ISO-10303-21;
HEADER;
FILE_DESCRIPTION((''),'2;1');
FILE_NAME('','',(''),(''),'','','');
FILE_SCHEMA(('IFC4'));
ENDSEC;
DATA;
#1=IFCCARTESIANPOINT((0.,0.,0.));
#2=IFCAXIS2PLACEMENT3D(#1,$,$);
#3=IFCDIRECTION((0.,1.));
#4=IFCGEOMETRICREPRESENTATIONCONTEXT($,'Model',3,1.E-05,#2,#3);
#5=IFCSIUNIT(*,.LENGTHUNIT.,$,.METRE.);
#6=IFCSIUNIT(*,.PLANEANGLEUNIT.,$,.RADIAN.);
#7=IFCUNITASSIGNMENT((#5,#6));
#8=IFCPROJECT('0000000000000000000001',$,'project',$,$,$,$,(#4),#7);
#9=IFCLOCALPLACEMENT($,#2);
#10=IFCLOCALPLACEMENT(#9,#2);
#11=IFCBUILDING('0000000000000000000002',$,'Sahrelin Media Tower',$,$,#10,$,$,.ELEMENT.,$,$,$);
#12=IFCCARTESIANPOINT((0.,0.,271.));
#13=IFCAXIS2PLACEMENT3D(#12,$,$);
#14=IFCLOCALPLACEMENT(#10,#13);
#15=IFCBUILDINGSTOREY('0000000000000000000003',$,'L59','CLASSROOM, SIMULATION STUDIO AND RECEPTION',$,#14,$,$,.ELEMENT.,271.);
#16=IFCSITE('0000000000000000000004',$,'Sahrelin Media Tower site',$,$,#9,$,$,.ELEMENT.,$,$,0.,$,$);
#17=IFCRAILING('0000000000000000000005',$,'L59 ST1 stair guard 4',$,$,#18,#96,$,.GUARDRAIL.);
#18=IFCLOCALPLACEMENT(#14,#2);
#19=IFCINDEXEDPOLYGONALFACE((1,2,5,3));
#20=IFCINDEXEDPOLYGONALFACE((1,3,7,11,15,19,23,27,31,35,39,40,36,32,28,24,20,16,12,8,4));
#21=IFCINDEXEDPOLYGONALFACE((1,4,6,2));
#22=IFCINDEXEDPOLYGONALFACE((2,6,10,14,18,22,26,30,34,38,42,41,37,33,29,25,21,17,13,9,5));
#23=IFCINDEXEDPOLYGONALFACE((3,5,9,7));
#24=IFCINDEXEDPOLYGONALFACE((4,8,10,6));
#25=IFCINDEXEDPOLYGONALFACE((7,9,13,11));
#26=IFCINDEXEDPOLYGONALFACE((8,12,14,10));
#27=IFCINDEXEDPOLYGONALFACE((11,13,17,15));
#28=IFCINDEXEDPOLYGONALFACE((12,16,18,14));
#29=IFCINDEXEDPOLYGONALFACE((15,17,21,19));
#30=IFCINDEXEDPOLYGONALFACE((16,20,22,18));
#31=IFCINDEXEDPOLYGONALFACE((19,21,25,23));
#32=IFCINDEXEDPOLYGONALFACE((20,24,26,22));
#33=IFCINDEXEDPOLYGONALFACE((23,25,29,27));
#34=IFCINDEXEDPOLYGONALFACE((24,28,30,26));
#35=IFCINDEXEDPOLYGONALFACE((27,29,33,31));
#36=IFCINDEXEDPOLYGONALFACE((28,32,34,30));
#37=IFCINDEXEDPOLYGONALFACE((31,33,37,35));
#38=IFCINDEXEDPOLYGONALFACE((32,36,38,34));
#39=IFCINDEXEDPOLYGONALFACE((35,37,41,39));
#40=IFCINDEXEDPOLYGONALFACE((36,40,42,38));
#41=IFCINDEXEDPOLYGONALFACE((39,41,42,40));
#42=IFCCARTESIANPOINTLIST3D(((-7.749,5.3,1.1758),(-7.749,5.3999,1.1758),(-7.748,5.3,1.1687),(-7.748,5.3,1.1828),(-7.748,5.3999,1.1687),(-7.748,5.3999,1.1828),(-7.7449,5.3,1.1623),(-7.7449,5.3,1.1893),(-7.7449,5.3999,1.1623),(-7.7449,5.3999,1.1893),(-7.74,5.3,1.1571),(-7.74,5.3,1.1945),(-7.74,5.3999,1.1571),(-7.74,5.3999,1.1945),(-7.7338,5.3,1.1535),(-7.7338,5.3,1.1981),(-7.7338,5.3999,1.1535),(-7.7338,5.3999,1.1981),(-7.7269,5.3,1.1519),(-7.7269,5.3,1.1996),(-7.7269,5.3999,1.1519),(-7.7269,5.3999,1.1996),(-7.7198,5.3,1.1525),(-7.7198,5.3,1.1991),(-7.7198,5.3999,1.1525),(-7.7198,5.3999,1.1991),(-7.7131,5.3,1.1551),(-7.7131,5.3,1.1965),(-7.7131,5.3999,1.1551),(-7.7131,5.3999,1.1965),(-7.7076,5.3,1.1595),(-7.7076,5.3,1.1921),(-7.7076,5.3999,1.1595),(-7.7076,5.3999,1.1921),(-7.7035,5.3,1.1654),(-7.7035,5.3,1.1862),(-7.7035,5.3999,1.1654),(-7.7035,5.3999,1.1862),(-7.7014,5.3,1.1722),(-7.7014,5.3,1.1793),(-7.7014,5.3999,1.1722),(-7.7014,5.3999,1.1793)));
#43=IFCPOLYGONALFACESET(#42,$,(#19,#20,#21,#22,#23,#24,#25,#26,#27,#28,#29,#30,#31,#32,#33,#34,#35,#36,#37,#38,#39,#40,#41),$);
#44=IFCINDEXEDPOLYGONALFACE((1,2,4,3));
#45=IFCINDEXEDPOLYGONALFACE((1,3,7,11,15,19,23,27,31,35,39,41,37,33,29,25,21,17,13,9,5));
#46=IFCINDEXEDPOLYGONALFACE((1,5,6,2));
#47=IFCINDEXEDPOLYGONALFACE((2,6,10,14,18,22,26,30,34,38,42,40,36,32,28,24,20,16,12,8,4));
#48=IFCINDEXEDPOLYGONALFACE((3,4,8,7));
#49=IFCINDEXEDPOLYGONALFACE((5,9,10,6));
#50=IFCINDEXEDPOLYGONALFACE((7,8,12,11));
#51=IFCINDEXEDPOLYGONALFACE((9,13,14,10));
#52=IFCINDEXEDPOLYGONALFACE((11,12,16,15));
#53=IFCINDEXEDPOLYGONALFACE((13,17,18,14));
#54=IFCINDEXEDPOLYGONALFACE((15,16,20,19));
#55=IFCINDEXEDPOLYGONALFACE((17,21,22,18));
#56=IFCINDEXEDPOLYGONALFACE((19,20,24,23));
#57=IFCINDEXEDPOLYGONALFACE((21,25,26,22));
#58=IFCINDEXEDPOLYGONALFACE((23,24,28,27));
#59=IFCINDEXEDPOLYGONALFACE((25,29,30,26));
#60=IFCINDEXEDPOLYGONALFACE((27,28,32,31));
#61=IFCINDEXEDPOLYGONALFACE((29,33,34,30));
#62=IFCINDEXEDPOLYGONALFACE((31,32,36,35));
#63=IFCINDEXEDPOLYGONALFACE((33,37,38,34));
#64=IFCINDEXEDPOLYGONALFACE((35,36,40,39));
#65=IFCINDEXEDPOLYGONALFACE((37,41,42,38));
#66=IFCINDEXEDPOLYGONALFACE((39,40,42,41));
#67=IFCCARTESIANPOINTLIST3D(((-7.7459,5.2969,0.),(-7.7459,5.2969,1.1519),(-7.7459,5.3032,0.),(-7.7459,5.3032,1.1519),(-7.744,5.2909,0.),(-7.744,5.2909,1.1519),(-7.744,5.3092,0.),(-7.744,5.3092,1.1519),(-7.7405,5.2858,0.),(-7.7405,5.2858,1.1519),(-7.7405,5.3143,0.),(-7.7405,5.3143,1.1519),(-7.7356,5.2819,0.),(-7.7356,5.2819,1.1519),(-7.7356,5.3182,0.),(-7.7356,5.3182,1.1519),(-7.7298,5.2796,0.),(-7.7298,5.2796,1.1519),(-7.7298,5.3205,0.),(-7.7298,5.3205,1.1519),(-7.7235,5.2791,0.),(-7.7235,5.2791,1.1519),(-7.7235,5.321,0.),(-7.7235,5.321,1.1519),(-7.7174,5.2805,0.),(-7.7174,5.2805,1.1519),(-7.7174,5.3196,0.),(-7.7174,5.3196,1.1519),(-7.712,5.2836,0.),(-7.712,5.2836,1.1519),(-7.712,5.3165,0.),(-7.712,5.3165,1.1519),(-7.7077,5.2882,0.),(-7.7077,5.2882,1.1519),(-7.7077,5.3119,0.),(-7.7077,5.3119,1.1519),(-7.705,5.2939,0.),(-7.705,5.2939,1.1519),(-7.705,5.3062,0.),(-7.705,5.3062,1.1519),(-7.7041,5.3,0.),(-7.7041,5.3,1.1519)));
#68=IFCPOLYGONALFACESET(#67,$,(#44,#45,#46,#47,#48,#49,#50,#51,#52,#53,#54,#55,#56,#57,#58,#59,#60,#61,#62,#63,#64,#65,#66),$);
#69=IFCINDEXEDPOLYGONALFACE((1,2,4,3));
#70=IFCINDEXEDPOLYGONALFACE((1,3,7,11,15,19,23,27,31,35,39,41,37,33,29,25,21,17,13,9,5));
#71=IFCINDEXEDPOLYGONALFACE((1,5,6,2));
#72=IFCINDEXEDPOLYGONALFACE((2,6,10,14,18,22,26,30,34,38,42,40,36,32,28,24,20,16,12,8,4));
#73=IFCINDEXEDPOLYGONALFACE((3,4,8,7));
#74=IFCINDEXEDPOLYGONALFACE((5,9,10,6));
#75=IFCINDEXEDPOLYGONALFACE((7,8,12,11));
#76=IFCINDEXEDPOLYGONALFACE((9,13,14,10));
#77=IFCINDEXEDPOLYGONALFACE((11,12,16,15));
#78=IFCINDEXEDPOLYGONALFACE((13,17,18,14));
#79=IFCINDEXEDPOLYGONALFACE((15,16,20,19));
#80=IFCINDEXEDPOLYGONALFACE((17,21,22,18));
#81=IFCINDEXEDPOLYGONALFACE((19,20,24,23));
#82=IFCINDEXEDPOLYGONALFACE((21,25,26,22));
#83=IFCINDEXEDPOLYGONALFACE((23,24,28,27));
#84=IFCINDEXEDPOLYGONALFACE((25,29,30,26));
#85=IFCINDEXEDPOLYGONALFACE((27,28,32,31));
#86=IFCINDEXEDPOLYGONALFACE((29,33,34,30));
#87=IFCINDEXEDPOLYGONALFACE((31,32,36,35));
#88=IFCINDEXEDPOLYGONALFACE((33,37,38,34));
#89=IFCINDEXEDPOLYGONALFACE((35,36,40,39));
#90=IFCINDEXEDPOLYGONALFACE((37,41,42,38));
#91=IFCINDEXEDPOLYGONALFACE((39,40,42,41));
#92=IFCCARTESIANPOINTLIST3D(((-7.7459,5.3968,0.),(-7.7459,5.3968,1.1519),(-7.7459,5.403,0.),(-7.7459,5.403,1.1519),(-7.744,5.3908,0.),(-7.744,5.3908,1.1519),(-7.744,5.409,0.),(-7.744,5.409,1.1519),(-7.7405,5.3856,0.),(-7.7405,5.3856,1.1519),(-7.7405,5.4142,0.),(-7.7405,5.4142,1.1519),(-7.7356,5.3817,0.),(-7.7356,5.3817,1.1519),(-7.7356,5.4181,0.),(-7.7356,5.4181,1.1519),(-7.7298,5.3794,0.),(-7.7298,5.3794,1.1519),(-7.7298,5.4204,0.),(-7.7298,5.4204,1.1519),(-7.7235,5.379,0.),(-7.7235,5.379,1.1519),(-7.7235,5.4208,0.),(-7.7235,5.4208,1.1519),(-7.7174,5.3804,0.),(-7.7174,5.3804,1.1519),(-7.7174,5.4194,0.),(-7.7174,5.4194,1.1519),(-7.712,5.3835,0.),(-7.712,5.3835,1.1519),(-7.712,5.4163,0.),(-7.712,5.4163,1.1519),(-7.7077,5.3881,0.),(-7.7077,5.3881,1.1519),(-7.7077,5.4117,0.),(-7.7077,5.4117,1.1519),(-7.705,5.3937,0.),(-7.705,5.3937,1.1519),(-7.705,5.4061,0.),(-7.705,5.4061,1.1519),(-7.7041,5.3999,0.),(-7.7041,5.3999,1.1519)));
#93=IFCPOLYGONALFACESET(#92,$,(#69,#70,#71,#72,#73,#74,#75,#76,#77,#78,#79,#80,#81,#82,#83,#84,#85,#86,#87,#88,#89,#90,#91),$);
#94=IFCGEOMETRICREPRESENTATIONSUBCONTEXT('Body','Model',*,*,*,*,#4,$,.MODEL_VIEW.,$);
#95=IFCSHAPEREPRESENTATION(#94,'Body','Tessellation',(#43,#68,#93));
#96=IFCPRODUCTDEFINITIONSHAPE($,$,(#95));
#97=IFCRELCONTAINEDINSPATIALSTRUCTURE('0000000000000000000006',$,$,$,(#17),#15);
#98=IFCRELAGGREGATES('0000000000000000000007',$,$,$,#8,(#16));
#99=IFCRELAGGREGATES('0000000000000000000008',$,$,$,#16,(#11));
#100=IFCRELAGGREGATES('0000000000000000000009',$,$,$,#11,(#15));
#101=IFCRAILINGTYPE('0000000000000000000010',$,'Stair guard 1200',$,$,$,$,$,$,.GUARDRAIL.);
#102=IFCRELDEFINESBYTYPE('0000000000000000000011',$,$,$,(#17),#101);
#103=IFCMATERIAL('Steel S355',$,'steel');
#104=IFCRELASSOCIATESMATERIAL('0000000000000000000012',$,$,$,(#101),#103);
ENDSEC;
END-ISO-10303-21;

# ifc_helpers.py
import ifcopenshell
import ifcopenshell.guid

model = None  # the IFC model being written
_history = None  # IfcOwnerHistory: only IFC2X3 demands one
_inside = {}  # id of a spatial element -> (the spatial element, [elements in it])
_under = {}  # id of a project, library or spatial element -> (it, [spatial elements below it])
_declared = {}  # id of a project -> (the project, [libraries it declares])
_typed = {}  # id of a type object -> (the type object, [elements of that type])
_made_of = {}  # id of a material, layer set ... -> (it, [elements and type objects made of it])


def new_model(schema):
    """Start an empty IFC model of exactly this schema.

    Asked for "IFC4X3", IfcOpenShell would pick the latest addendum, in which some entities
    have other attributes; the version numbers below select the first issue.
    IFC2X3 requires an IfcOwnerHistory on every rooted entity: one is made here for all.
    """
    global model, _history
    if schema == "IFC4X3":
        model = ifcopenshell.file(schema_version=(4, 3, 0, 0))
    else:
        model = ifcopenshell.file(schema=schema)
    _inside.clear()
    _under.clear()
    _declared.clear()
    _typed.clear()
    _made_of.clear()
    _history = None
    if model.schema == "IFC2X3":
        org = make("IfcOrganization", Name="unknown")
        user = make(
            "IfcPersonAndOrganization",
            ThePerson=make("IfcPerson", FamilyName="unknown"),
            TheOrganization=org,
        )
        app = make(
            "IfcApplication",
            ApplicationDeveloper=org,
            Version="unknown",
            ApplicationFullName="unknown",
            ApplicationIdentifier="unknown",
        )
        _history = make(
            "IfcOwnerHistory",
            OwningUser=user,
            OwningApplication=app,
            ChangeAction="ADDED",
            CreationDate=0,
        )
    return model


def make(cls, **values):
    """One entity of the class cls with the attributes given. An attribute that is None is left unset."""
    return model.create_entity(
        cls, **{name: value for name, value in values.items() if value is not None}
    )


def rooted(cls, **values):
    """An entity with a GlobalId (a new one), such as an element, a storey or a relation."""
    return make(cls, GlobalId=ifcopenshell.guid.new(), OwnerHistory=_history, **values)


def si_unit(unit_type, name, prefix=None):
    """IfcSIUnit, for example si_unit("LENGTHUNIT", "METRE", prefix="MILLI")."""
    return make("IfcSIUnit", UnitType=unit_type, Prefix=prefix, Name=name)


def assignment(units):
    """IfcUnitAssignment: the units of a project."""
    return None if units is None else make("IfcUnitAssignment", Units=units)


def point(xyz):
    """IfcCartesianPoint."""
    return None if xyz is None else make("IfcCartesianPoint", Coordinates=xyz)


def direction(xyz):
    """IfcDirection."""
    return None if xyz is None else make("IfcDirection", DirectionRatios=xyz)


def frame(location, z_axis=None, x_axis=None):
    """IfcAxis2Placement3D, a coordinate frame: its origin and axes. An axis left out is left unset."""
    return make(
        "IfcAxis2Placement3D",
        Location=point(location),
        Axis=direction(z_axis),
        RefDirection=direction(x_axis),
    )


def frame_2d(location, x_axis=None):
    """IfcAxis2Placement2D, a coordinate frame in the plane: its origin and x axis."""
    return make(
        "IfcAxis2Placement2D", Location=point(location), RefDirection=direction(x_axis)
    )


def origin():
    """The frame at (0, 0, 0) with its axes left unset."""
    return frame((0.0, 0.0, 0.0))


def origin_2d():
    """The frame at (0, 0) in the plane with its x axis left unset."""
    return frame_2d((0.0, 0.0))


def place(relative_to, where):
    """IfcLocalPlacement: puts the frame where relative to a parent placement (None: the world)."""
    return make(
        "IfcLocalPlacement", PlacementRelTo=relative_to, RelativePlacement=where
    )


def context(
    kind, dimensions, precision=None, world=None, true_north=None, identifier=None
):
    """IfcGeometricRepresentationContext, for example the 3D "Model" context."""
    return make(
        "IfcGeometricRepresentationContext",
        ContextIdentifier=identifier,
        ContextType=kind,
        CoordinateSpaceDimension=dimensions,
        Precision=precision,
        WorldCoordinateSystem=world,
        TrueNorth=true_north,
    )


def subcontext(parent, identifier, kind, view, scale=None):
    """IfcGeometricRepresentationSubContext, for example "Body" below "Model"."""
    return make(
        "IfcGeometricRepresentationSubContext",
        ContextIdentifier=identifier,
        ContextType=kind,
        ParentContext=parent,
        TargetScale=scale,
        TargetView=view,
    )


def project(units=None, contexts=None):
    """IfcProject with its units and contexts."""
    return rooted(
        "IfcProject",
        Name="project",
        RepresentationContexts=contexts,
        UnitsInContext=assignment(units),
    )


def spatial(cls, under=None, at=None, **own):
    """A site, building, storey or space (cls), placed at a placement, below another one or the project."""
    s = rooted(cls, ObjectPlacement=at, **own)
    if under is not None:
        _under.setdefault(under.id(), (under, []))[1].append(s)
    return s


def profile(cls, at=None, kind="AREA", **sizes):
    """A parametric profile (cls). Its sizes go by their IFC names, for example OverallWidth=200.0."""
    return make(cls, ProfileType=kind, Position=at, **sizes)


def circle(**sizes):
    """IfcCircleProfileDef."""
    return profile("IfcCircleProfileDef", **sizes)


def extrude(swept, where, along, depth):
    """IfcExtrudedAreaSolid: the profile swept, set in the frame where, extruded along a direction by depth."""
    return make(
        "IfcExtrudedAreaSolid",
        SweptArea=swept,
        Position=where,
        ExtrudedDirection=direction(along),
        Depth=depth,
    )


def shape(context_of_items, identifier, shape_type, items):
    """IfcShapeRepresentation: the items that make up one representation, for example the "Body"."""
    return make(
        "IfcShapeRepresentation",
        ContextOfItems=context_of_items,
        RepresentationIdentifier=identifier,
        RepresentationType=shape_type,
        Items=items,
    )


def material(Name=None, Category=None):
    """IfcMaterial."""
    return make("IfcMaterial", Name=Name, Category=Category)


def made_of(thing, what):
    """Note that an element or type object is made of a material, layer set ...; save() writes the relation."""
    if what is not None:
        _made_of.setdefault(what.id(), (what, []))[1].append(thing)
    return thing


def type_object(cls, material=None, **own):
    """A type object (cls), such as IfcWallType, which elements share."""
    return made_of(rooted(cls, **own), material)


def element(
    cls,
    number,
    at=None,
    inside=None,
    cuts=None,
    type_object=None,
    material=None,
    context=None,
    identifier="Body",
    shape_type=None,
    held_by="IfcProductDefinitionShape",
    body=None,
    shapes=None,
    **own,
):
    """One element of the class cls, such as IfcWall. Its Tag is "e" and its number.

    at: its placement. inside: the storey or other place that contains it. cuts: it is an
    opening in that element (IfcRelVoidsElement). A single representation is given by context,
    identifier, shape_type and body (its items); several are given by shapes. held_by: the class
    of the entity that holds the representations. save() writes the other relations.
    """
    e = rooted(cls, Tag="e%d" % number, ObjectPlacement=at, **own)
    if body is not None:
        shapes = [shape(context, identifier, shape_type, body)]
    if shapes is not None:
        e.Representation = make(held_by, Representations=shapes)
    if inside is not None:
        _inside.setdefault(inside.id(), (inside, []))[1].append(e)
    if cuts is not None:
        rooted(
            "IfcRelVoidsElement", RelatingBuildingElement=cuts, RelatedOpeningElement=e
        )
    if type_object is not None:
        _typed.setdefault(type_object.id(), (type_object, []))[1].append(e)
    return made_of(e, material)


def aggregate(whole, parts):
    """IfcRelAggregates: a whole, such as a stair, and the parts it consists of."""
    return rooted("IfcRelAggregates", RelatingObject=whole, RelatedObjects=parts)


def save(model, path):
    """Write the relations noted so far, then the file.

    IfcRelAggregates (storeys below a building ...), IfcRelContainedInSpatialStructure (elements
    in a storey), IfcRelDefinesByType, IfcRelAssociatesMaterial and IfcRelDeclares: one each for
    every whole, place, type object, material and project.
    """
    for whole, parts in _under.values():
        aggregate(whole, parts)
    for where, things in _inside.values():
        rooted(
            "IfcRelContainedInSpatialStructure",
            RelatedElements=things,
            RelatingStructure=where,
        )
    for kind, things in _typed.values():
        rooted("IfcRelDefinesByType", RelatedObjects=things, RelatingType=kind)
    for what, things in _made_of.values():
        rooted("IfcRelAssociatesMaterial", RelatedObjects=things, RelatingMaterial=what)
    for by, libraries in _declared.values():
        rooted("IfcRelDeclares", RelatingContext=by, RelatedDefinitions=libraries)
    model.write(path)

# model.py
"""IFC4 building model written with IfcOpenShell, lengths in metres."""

from ifc_helpers import new_model, si_unit, direction, frame, origin, origin_2d, place, context, subcontext, project, spatial, circle, extrude, material, type_object, element, save


model = new_model("IFC4")

# Units and contexts
model_context = context("Model", 3, precision=1e-05, world=origin(), true_north=direction((0.0, 1.0)))
body_context = subcontext(model_context, "Body", "Model", "MODEL_VIEW")
ifc_project = project(units=[si_unit("LENGTHUNIT", "METRE"), si_unit("PLANEANGLEUNIT", "RADIAN")], contexts=[model_context])

# Site, building, storey
site_placement = place(None, origin())
site = spatial("IfcSite", under=ifc_project, at=site_placement, Name="Sahrelin Media Tower site", CompositionType="ELEMENT", RefElevation=0.0)
building_placement = place(site_placement, origin())
building = spatial("IfcBuilding", under=site, at=building_placement, Name="Sahrelin Media Tower", CompositionType="ELEMENT")
storey_placement = place(building_placement, frame((0.0, 0.0, 271.0)))
storey = spatial("IfcBuildingStorey", under=building, at=storey_placement, Name="L59", Description="CLASSROOM, SIMULATION STUDIO AND RECEPTION", CompositionType="ELEMENT", Elevation=271.0)

# Shared definitions
ifc_material_1 = material(Name="Steel S355", Category="steel")

# Railing
railing_type_1 = type_object("IfcRailingType", Name="Stair guard 1200", PredefinedType="GUARDRAIL", material=ifc_material_1)
railing_1_placement = place(storey_placement, frame((-7.7251, 5.3, 0.0)))
element("IfcRailing", 1, at=railing_1_placement, inside=storey, type_object=railing_type_1, Name="L59 ST1 stair guard 4", PredefinedType="GUARDRAIL", context=body_context, shape_type="SweptSolid", body=[
    extrude(circle(Radius=0.0239, at=origin_2d()), frame((0.0, 0.0, 1.1758), z_axis=(0.0, 1.0, 0.0), x_axis=(-1.0, 0.0, 0.0)), (0.0, 0.0, 1.0), 0.0999),
    extrude(circle(Radius=0.021, at=origin_2d()), origin(), (0.0, 0.0, 1.0), 1.1519),
    extrude(circle(Radius=0.021, at=origin_2d()), frame((0.0, 0.0999, 0.0)), (0.0, 0.0, 1.0), 1.1519),
])

save(model, "model.ifc")
